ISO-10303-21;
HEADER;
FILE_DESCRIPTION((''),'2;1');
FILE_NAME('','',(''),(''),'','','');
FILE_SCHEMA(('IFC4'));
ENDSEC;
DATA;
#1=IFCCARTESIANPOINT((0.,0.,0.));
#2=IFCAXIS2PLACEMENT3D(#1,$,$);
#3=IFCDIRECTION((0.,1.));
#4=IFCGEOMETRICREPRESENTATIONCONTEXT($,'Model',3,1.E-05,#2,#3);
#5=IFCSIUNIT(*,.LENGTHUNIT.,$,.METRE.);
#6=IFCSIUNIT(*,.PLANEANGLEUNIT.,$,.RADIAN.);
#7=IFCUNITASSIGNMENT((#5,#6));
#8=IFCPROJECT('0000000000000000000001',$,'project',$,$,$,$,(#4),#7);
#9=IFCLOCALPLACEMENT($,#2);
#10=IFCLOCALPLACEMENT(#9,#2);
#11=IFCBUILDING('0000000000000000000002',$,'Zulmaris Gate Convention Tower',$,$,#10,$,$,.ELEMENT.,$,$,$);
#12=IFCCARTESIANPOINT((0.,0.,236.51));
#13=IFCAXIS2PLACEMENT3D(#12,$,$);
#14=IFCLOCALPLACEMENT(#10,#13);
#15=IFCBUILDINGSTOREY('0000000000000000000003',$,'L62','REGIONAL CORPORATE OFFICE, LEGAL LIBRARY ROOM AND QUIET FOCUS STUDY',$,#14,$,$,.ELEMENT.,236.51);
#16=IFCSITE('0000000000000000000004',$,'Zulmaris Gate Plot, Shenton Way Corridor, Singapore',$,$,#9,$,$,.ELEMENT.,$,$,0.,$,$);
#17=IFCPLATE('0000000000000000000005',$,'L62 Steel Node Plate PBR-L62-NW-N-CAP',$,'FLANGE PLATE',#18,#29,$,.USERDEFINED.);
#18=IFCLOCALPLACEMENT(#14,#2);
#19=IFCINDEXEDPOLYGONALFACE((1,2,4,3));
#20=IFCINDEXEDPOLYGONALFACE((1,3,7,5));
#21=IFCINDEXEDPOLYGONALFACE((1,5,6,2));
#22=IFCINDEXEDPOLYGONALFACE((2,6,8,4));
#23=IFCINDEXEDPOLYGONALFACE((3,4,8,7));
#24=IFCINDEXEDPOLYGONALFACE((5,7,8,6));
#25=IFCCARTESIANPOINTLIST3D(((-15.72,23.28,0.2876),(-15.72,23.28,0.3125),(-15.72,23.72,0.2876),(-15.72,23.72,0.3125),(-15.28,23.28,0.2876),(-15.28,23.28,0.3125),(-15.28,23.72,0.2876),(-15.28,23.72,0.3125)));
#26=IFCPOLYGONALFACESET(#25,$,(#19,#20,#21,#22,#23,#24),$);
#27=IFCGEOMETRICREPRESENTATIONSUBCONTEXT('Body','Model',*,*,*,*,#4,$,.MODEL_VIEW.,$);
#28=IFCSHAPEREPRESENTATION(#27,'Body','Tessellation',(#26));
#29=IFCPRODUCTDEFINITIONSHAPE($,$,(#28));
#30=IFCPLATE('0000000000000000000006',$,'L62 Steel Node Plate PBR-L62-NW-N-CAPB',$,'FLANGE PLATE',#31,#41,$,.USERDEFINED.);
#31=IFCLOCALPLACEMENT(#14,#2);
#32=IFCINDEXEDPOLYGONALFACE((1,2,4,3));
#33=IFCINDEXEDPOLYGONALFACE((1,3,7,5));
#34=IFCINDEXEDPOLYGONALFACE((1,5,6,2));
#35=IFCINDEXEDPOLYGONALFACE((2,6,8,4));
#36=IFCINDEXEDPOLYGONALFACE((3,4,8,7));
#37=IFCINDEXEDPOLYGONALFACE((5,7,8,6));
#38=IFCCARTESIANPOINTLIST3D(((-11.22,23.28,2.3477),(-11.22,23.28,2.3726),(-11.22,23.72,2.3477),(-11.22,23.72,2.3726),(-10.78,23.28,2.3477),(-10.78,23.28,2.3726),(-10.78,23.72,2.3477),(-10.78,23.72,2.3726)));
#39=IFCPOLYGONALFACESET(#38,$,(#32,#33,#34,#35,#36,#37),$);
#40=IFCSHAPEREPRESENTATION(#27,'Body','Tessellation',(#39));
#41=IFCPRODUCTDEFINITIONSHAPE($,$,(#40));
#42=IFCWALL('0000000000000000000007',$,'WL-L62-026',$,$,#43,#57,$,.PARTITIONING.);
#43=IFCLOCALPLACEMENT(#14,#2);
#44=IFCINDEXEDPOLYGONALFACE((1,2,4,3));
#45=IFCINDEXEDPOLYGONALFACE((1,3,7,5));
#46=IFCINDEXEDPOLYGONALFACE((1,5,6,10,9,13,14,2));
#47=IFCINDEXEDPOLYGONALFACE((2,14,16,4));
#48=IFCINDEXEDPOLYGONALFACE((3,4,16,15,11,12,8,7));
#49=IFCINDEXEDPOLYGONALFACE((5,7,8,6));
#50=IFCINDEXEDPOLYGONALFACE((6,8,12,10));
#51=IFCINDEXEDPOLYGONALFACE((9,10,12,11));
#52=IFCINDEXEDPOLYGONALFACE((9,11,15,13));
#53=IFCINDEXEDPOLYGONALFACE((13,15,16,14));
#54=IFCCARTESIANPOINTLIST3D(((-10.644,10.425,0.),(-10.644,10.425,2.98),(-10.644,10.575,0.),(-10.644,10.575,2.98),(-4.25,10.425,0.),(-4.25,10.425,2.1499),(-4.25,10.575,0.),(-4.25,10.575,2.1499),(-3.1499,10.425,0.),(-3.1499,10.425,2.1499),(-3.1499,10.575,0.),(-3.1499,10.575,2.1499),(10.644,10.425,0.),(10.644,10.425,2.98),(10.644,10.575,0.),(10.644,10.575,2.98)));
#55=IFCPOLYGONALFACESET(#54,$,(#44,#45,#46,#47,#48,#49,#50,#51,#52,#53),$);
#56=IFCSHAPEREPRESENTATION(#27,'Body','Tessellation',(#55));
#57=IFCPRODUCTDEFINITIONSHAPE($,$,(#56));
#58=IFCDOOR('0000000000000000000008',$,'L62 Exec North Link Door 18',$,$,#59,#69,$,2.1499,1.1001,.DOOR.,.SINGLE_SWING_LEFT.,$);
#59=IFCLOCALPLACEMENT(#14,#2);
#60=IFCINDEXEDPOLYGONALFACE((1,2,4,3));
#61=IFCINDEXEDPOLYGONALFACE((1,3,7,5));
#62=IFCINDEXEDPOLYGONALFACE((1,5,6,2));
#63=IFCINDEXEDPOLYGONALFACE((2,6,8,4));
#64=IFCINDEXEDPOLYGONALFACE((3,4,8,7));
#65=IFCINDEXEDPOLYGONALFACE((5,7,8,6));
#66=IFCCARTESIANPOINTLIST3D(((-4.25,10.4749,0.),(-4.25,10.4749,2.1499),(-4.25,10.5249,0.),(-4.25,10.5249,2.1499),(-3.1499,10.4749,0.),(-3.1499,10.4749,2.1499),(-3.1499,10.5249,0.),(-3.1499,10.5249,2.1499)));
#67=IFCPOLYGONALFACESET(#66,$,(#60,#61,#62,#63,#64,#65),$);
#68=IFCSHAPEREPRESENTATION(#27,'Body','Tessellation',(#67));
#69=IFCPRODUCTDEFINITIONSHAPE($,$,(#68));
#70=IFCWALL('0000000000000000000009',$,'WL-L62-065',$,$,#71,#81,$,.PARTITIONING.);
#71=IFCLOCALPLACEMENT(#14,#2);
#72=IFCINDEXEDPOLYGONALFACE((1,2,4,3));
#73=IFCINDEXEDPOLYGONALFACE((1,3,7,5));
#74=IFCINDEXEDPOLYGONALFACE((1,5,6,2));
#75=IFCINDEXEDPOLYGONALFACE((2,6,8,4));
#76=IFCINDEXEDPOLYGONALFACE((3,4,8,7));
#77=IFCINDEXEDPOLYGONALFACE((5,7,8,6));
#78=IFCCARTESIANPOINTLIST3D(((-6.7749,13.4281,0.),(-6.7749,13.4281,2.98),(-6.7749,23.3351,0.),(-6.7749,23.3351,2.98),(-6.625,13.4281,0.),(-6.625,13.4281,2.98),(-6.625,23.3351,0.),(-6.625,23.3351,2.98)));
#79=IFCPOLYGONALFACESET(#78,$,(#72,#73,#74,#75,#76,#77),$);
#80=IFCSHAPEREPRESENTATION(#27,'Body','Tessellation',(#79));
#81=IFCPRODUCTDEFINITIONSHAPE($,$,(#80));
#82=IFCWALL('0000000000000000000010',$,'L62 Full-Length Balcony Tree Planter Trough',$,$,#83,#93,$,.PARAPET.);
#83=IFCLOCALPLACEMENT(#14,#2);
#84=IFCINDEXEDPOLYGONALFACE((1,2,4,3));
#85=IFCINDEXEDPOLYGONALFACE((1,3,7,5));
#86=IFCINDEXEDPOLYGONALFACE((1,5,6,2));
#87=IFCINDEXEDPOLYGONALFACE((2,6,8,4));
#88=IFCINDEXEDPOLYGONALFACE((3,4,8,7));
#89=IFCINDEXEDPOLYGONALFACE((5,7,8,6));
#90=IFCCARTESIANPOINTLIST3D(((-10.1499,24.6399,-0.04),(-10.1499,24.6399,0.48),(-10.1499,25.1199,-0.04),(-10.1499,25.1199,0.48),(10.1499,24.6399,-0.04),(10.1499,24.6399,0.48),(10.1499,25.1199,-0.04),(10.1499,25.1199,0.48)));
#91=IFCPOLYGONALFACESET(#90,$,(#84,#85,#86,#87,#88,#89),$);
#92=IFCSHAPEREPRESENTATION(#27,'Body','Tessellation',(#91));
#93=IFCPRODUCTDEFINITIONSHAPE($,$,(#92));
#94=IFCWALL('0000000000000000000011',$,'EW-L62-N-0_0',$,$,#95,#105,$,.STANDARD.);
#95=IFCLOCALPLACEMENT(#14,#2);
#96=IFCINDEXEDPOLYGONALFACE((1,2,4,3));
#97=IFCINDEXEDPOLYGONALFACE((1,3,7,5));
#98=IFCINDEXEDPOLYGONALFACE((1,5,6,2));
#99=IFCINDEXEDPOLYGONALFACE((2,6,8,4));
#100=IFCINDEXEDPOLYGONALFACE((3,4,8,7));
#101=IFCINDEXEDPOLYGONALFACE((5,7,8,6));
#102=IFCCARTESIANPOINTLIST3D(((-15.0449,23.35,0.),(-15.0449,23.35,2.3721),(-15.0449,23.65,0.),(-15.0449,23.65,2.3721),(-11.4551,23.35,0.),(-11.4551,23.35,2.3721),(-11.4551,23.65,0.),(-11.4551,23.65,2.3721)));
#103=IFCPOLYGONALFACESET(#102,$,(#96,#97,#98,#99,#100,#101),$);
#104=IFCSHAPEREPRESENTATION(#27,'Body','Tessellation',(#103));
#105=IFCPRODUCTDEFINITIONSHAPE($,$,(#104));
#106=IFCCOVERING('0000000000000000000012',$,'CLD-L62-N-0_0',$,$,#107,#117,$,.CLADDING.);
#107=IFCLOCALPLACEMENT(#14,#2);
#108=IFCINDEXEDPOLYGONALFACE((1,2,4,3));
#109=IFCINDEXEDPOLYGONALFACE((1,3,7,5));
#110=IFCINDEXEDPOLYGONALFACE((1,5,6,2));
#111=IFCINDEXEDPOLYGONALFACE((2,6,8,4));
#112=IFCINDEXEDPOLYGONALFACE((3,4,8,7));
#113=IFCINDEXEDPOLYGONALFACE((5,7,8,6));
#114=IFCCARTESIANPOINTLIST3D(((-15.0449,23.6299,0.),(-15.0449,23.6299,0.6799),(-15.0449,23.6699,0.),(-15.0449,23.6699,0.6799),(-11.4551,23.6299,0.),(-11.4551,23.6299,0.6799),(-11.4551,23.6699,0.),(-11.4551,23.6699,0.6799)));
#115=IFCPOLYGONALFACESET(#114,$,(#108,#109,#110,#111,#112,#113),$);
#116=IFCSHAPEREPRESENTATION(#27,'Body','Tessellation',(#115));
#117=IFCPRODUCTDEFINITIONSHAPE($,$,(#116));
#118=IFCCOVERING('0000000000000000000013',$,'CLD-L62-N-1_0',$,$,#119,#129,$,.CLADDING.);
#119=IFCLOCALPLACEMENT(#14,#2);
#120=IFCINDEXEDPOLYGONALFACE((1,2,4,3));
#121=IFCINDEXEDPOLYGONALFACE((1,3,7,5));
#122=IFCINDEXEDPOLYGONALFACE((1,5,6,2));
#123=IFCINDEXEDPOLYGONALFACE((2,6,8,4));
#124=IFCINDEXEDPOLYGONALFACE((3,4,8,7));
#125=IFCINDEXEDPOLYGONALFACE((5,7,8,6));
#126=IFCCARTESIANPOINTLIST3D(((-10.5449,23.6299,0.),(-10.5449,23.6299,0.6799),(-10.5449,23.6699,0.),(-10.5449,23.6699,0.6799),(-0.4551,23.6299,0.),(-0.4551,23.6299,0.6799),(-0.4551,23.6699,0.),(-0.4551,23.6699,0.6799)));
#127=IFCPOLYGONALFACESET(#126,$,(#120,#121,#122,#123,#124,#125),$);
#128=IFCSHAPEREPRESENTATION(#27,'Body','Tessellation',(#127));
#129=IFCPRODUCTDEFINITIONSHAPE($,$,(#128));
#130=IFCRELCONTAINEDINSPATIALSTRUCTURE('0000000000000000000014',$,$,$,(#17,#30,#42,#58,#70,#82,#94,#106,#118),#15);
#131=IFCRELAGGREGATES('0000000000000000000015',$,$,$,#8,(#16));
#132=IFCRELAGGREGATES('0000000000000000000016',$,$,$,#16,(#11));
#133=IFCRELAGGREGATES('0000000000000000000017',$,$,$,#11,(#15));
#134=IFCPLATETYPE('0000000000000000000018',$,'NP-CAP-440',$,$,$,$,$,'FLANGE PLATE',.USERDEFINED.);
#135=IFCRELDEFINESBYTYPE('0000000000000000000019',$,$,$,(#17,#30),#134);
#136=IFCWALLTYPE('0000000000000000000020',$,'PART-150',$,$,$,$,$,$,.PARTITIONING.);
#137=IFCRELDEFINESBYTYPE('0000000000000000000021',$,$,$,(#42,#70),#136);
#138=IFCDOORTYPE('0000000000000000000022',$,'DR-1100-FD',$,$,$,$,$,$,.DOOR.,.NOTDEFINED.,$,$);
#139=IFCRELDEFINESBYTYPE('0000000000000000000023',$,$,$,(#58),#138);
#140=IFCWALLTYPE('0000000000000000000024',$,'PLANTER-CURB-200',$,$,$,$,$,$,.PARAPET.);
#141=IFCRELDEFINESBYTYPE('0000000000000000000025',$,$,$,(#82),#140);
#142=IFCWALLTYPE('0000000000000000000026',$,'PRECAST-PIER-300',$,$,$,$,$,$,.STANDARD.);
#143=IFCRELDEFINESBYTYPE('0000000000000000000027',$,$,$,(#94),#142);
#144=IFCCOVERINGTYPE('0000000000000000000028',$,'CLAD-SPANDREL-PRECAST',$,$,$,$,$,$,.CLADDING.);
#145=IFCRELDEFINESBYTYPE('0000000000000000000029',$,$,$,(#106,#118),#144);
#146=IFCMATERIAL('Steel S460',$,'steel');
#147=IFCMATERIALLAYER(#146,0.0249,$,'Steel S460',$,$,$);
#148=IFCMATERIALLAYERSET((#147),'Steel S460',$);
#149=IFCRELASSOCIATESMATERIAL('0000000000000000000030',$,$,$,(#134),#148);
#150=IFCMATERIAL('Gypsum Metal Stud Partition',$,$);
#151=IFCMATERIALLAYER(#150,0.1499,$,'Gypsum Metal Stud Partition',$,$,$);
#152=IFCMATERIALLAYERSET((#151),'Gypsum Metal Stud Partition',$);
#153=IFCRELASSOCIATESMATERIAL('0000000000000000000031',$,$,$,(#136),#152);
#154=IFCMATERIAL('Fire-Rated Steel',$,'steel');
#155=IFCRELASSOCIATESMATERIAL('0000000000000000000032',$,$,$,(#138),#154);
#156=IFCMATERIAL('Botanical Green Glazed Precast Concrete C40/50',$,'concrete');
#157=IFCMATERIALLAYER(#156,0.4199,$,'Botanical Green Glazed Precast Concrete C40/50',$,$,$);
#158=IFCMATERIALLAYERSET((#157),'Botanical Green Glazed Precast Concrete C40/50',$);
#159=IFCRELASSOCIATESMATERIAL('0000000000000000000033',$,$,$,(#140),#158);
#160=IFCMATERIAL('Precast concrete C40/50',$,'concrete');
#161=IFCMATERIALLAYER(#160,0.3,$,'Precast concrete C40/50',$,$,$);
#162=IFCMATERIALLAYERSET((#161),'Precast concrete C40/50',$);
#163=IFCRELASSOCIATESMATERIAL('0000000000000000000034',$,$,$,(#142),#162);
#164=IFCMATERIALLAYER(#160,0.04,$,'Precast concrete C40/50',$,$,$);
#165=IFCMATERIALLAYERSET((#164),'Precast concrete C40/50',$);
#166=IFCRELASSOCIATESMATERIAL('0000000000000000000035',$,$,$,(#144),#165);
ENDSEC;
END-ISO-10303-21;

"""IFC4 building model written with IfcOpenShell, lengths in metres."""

from ifc_helpers import new_model, si_unit, direction, frame, frame_2d, origin, origin_2d, place, context, subcontext, project, spatial, rectangle, extrude, material, layer, layer_set, type_object, element, fill, save


model = new_model("IFC4")

# Units and contexts
model_context = context("Model", 3, precision=1e-05, world=origin(), true_north=direction((0.0, 1.0)))
body_context = subcontext(model_context, "Body", "Model", "MODEL_VIEW")
ifc_project = project(units=[si_unit("LENGTHUNIT", "METRE"), si_unit("PLANEANGLEUNIT", "RADIAN")], contexts=[model_context])

# Site, building, storey
site_placement = place(None, origin())
site = spatial("IfcSite", under=ifc_project, at=site_placement, Name="Zulmaris Gate Plot, Shenton Way Corridor, Singapore", CompositionType="ELEMENT", RefElevation=0.0)
building_placement = place(site_placement, origin())
building = spatial("IfcBuilding", under=site, at=building_placement, Name="Zulmaris Gate Convention Tower", CompositionType="ELEMENT")
storey_placement = place(building_placement, frame((0.0, 0.0, 236.51)))
storey = spatial("IfcBuildingStorey", under=building, at=storey_placement, Name="L62", Description="REGIONAL CORPORATE OFFICE, LEGAL LIBRARY ROOM AND QUIET FOCUS STUDY", CompositionType="ELEMENT", Elevation=236.51)

# Plates
ifc_material_1 = material(Name="Steel S460", Category="steel")
ifc_layer_1 = layer(ifc_material_1, 0.0249, Name="Steel S460")
ifc_layer_set_1 = layer_set([ifc_layer_1], Name="Steel S460")
plate_type = type_object("IfcPlateType", Name="NP-CAP-440", ElementType="FLANGE PLATE", PredefinedType="USERDEFINED", material=ifc_layer_set_1)
for number, where, z_axis, x_axis, name in (
    (1, (-15.5, 23.5, 0.2876), (0.0, 0.0, 1.0), (1.0, 0.0, 0.0), "L62 Steel Node Plate PBR-L62-NW-N-CAP"),
    (2, (-11.0, 23.5, 2.3477), (0.0, 0.0, 1.0), (1.0, 0.0, 0.0), "L62 Steel Node Plate PBR-L62-NW-N-CAPB"),
):
    element("IfcPlate", number, at=place(storey_placement, frame(where, z_axis=z_axis, x_axis=x_axis)), inside=storey, type_object=plate_type, Name=name, ObjectType="FLANGE PLATE", PredefinedType="USERDEFINED", context=body_context, shape_type="SweptSolid", body=[
        extrude(rectangle(XDim=0.4399, YDim=0.4399, at=origin_2d()), origin(), (0.0, 0.0, 1.0), 0.0249),
    ])

# Wall, opening, door
ifc_material_2 = material(Name="Gypsum Metal Stud Partition")
ifc_layer_2 = layer(ifc_material_2, 0.1499, Name="Gypsum Metal Stud Partition")
ifc_layer_set_2 = layer_set([ifc_layer_2], Name="Gypsum Metal Stud Partition")
wall_type_1 = type_object("IfcWallType", Name="PART-150", PredefinedType="PARTITIONING", material=ifc_layer_set_2)
wall_1_placement = place(storey_placement, frame((-10.644, 10.5, 0.0), z_axis=(0.0, 0.0, 1.0), x_axis=(1.0, 0.0, 0.0)))
wall_1 = element("IfcWall", 3, at=wall_1_placement, inside=storey, type_object=wall_type_1, Name="WL-L62-026", PredefinedType="PARTITIONING", context=body_context, shape_type="SweptSolid", body=[
    extrude(rectangle(XDim=21.2881, YDim=0.1499, at=frame_2d((10.644, 0.0))), origin(), (0.0, 0.0, 1.0), 2.98),
])
opening_1_placement = place(wall_1_placement, frame((6.394, 0.0, 0.0)))
opening_1 = element("IfcOpeningElement", 4, at=opening_1_placement, cuts=wall_1, PredefinedType="OPENING", context=body_context, shape_type="SweptSolid", body=[
    extrude(rectangle(XDim=1.1001, YDim=2.1499, at=frame_2d((0.55, 1.075))), frame((0.0, 0.085, 0.0), z_axis=(0.0, -1.0, 0.0), x_axis=(1.0, 0.0, 0.0)), (0.0, 0.0, 1.0), 0.1699),
])
ifc_material_3 = material(Name="Fire-Rated Steel", Category="steel")
door_type_1 = type_object("IfcDoorType", Name="DR-1100-FD", OperationType="NOTDEFINED", PredefinedType="DOOR", material=ifc_material_3)
door_1_placement = place(opening_1_placement, origin())
door_1 = element("IfcDoor", 5, at=door_1_placement, inside=storey, type_object=door_type_1, Name="L62 Exec North Link Door 18", OperationType="SINGLE_SWING_LEFT", OverallHeight=2.1499, OverallWidth=1.1001, PredefinedType="DOOR", context=body_context, shape_type="SweptSolid", body=[
    extrude(rectangle(XDim=1.1001, YDim=2.1499, at=frame_2d((0.55, 1.075))), frame((0.0, 0.0249, 0.0), z_axis=(0.0, -1.0, 0.0), x_axis=(1.0, 0.0, 0.0)), (0.0, 0.0, 1.0), 0.05),
])
fill(opening_1, door_1)

# Walls
wall_2_placement = place(storey_placement, frame((-6.7, 13.428, 0.0), z_axis=(0.0, 0.0, 1.0), x_axis=(0.0, 1.0, 0.0)))
element("IfcWall", 6, at=wall_2_placement, inside=storey, type_object=wall_type_1, Name="WL-L62-065", PredefinedType="PARTITIONING", context=body_context, shape_type="SweptSolid", body=[
    extrude(rectangle(XDim=9.907, YDim=0.1499, at=frame_2d((4.9536, 0.0))), origin(), (0.0, 0.0, 1.0), 2.98),
])
ifc_material_4 = material(Name="Botanical Green Glazed Precast Concrete C40/50", Category="concrete")
ifc_layer_3 = layer(ifc_material_4, 0.4199, Name="Botanical Green Glazed Precast Concrete C40/50")
ifc_layer_set_3 = layer_set([ifc_layer_3], Name="Botanical Green Glazed Precast Concrete C40/50")
wall_type_2 = type_object("IfcWallType", Name="PLANTER-CURB-200", PredefinedType="PARAPET", material=ifc_layer_set_3)
wall_3_placement = place(storey_placement, frame((-10.1499, 24.8799, -0.04), z_axis=(0.0, 0.0, 1.0), x_axis=(1.0, 0.0, 0.0)))
element("IfcWall", 7, at=wall_3_placement, inside=storey, type_object=wall_type_2, Name="L62 Full-Length Balcony Tree Planter Trough", PredefinedType="PARAPET", context=body_context, shape_type="SweptSolid", body=[
    extrude(rectangle(XDim=20.2998, YDim=0.48, at=frame_2d((10.1499, 0.0))), origin(), (0.0, 0.0, 1.0), 0.52),
])
ifc_material_5 = material(Name="Precast concrete C40/50", Category="concrete")
ifc_layer_4 = layer(ifc_material_5, 0.3, Name="Precast concrete C40/50")
ifc_layer_set_4 = layer_set([ifc_layer_4], Name="Precast concrete C40/50")
wall_type_3 = type_object("IfcWallType", Name="PRECAST-PIER-300", PredefinedType="STANDARD", material=ifc_layer_set_4)
wall_4_placement = place(storey_placement, frame((-11.4551, 23.5, 0.0), z_axis=(0.0, 0.0, 1.0), x_axis=(-1.0, 0.0, 0.0)))
element("IfcWall", 8, at=wall_4_placement, inside=storey, type_object=wall_type_3, Name="EW-L62-N-0_0", PredefinedType="STANDARD", context=body_context, shape_type="SweptSolid", body=[
    extrude(rectangle(XDim=3.5898, YDim=0.3, at=frame_2d((1.7949, 0.0))), origin(), (0.0, 0.0, 1.0), 2.3721),
])

# Coverings
ifc_layer_5 = layer(ifc_material_5, 0.04, Name="Precast concrete C40/50")
ifc_layer_set_5 = layer_set([ifc_layer_5], Name="Precast concrete C40/50")
covering_type = type_object("IfcCoveringType", Name="CLAD-SPANDREL-PRECAST", PredefinedType="CLADDING", material=ifc_layer_set_5)
covering_1_placement = place(storey_placement, frame((-11.4551, 23.6499, 0.0), z_axis=(0.0, 0.0, 1.0), x_axis=(-1.0, 0.0, 0.0)))
element("IfcCovering", 9, at=covering_1_placement, inside=storey, type_object=covering_type, Name="CLD-L62-N-0_0", PredefinedType="CLADDING", context=body_context, shape_type="SweptSolid", body=[
    extrude(rectangle(XDim=3.5898, YDim=0.04, at=frame_2d((1.7949, 0.0))), origin(), (0.0, 0.0, 1.0), 0.6799),
])
covering_2_placement = place(storey_placement, frame((-0.4551, 23.6499, 0.0), z_axis=(0.0, 0.0, 1.0), x_axis=(-1.0, 0.0, 0.0)))
element("IfcCovering", 10, at=covering_2_placement, inside=storey, type_object=covering_type, Name="CLD-L62-N-1_0", PredefinedType="CLADDING", context=body_context, shape_type="SweptSolid", body=[
    extrude(rectangle(XDim=10.0898, YDim=0.04, at=frame_2d((5.0449, 0.0))), origin(), (0.0, 0.0, 1.0), 0.6799),
])

save(model, "model.ifc")
